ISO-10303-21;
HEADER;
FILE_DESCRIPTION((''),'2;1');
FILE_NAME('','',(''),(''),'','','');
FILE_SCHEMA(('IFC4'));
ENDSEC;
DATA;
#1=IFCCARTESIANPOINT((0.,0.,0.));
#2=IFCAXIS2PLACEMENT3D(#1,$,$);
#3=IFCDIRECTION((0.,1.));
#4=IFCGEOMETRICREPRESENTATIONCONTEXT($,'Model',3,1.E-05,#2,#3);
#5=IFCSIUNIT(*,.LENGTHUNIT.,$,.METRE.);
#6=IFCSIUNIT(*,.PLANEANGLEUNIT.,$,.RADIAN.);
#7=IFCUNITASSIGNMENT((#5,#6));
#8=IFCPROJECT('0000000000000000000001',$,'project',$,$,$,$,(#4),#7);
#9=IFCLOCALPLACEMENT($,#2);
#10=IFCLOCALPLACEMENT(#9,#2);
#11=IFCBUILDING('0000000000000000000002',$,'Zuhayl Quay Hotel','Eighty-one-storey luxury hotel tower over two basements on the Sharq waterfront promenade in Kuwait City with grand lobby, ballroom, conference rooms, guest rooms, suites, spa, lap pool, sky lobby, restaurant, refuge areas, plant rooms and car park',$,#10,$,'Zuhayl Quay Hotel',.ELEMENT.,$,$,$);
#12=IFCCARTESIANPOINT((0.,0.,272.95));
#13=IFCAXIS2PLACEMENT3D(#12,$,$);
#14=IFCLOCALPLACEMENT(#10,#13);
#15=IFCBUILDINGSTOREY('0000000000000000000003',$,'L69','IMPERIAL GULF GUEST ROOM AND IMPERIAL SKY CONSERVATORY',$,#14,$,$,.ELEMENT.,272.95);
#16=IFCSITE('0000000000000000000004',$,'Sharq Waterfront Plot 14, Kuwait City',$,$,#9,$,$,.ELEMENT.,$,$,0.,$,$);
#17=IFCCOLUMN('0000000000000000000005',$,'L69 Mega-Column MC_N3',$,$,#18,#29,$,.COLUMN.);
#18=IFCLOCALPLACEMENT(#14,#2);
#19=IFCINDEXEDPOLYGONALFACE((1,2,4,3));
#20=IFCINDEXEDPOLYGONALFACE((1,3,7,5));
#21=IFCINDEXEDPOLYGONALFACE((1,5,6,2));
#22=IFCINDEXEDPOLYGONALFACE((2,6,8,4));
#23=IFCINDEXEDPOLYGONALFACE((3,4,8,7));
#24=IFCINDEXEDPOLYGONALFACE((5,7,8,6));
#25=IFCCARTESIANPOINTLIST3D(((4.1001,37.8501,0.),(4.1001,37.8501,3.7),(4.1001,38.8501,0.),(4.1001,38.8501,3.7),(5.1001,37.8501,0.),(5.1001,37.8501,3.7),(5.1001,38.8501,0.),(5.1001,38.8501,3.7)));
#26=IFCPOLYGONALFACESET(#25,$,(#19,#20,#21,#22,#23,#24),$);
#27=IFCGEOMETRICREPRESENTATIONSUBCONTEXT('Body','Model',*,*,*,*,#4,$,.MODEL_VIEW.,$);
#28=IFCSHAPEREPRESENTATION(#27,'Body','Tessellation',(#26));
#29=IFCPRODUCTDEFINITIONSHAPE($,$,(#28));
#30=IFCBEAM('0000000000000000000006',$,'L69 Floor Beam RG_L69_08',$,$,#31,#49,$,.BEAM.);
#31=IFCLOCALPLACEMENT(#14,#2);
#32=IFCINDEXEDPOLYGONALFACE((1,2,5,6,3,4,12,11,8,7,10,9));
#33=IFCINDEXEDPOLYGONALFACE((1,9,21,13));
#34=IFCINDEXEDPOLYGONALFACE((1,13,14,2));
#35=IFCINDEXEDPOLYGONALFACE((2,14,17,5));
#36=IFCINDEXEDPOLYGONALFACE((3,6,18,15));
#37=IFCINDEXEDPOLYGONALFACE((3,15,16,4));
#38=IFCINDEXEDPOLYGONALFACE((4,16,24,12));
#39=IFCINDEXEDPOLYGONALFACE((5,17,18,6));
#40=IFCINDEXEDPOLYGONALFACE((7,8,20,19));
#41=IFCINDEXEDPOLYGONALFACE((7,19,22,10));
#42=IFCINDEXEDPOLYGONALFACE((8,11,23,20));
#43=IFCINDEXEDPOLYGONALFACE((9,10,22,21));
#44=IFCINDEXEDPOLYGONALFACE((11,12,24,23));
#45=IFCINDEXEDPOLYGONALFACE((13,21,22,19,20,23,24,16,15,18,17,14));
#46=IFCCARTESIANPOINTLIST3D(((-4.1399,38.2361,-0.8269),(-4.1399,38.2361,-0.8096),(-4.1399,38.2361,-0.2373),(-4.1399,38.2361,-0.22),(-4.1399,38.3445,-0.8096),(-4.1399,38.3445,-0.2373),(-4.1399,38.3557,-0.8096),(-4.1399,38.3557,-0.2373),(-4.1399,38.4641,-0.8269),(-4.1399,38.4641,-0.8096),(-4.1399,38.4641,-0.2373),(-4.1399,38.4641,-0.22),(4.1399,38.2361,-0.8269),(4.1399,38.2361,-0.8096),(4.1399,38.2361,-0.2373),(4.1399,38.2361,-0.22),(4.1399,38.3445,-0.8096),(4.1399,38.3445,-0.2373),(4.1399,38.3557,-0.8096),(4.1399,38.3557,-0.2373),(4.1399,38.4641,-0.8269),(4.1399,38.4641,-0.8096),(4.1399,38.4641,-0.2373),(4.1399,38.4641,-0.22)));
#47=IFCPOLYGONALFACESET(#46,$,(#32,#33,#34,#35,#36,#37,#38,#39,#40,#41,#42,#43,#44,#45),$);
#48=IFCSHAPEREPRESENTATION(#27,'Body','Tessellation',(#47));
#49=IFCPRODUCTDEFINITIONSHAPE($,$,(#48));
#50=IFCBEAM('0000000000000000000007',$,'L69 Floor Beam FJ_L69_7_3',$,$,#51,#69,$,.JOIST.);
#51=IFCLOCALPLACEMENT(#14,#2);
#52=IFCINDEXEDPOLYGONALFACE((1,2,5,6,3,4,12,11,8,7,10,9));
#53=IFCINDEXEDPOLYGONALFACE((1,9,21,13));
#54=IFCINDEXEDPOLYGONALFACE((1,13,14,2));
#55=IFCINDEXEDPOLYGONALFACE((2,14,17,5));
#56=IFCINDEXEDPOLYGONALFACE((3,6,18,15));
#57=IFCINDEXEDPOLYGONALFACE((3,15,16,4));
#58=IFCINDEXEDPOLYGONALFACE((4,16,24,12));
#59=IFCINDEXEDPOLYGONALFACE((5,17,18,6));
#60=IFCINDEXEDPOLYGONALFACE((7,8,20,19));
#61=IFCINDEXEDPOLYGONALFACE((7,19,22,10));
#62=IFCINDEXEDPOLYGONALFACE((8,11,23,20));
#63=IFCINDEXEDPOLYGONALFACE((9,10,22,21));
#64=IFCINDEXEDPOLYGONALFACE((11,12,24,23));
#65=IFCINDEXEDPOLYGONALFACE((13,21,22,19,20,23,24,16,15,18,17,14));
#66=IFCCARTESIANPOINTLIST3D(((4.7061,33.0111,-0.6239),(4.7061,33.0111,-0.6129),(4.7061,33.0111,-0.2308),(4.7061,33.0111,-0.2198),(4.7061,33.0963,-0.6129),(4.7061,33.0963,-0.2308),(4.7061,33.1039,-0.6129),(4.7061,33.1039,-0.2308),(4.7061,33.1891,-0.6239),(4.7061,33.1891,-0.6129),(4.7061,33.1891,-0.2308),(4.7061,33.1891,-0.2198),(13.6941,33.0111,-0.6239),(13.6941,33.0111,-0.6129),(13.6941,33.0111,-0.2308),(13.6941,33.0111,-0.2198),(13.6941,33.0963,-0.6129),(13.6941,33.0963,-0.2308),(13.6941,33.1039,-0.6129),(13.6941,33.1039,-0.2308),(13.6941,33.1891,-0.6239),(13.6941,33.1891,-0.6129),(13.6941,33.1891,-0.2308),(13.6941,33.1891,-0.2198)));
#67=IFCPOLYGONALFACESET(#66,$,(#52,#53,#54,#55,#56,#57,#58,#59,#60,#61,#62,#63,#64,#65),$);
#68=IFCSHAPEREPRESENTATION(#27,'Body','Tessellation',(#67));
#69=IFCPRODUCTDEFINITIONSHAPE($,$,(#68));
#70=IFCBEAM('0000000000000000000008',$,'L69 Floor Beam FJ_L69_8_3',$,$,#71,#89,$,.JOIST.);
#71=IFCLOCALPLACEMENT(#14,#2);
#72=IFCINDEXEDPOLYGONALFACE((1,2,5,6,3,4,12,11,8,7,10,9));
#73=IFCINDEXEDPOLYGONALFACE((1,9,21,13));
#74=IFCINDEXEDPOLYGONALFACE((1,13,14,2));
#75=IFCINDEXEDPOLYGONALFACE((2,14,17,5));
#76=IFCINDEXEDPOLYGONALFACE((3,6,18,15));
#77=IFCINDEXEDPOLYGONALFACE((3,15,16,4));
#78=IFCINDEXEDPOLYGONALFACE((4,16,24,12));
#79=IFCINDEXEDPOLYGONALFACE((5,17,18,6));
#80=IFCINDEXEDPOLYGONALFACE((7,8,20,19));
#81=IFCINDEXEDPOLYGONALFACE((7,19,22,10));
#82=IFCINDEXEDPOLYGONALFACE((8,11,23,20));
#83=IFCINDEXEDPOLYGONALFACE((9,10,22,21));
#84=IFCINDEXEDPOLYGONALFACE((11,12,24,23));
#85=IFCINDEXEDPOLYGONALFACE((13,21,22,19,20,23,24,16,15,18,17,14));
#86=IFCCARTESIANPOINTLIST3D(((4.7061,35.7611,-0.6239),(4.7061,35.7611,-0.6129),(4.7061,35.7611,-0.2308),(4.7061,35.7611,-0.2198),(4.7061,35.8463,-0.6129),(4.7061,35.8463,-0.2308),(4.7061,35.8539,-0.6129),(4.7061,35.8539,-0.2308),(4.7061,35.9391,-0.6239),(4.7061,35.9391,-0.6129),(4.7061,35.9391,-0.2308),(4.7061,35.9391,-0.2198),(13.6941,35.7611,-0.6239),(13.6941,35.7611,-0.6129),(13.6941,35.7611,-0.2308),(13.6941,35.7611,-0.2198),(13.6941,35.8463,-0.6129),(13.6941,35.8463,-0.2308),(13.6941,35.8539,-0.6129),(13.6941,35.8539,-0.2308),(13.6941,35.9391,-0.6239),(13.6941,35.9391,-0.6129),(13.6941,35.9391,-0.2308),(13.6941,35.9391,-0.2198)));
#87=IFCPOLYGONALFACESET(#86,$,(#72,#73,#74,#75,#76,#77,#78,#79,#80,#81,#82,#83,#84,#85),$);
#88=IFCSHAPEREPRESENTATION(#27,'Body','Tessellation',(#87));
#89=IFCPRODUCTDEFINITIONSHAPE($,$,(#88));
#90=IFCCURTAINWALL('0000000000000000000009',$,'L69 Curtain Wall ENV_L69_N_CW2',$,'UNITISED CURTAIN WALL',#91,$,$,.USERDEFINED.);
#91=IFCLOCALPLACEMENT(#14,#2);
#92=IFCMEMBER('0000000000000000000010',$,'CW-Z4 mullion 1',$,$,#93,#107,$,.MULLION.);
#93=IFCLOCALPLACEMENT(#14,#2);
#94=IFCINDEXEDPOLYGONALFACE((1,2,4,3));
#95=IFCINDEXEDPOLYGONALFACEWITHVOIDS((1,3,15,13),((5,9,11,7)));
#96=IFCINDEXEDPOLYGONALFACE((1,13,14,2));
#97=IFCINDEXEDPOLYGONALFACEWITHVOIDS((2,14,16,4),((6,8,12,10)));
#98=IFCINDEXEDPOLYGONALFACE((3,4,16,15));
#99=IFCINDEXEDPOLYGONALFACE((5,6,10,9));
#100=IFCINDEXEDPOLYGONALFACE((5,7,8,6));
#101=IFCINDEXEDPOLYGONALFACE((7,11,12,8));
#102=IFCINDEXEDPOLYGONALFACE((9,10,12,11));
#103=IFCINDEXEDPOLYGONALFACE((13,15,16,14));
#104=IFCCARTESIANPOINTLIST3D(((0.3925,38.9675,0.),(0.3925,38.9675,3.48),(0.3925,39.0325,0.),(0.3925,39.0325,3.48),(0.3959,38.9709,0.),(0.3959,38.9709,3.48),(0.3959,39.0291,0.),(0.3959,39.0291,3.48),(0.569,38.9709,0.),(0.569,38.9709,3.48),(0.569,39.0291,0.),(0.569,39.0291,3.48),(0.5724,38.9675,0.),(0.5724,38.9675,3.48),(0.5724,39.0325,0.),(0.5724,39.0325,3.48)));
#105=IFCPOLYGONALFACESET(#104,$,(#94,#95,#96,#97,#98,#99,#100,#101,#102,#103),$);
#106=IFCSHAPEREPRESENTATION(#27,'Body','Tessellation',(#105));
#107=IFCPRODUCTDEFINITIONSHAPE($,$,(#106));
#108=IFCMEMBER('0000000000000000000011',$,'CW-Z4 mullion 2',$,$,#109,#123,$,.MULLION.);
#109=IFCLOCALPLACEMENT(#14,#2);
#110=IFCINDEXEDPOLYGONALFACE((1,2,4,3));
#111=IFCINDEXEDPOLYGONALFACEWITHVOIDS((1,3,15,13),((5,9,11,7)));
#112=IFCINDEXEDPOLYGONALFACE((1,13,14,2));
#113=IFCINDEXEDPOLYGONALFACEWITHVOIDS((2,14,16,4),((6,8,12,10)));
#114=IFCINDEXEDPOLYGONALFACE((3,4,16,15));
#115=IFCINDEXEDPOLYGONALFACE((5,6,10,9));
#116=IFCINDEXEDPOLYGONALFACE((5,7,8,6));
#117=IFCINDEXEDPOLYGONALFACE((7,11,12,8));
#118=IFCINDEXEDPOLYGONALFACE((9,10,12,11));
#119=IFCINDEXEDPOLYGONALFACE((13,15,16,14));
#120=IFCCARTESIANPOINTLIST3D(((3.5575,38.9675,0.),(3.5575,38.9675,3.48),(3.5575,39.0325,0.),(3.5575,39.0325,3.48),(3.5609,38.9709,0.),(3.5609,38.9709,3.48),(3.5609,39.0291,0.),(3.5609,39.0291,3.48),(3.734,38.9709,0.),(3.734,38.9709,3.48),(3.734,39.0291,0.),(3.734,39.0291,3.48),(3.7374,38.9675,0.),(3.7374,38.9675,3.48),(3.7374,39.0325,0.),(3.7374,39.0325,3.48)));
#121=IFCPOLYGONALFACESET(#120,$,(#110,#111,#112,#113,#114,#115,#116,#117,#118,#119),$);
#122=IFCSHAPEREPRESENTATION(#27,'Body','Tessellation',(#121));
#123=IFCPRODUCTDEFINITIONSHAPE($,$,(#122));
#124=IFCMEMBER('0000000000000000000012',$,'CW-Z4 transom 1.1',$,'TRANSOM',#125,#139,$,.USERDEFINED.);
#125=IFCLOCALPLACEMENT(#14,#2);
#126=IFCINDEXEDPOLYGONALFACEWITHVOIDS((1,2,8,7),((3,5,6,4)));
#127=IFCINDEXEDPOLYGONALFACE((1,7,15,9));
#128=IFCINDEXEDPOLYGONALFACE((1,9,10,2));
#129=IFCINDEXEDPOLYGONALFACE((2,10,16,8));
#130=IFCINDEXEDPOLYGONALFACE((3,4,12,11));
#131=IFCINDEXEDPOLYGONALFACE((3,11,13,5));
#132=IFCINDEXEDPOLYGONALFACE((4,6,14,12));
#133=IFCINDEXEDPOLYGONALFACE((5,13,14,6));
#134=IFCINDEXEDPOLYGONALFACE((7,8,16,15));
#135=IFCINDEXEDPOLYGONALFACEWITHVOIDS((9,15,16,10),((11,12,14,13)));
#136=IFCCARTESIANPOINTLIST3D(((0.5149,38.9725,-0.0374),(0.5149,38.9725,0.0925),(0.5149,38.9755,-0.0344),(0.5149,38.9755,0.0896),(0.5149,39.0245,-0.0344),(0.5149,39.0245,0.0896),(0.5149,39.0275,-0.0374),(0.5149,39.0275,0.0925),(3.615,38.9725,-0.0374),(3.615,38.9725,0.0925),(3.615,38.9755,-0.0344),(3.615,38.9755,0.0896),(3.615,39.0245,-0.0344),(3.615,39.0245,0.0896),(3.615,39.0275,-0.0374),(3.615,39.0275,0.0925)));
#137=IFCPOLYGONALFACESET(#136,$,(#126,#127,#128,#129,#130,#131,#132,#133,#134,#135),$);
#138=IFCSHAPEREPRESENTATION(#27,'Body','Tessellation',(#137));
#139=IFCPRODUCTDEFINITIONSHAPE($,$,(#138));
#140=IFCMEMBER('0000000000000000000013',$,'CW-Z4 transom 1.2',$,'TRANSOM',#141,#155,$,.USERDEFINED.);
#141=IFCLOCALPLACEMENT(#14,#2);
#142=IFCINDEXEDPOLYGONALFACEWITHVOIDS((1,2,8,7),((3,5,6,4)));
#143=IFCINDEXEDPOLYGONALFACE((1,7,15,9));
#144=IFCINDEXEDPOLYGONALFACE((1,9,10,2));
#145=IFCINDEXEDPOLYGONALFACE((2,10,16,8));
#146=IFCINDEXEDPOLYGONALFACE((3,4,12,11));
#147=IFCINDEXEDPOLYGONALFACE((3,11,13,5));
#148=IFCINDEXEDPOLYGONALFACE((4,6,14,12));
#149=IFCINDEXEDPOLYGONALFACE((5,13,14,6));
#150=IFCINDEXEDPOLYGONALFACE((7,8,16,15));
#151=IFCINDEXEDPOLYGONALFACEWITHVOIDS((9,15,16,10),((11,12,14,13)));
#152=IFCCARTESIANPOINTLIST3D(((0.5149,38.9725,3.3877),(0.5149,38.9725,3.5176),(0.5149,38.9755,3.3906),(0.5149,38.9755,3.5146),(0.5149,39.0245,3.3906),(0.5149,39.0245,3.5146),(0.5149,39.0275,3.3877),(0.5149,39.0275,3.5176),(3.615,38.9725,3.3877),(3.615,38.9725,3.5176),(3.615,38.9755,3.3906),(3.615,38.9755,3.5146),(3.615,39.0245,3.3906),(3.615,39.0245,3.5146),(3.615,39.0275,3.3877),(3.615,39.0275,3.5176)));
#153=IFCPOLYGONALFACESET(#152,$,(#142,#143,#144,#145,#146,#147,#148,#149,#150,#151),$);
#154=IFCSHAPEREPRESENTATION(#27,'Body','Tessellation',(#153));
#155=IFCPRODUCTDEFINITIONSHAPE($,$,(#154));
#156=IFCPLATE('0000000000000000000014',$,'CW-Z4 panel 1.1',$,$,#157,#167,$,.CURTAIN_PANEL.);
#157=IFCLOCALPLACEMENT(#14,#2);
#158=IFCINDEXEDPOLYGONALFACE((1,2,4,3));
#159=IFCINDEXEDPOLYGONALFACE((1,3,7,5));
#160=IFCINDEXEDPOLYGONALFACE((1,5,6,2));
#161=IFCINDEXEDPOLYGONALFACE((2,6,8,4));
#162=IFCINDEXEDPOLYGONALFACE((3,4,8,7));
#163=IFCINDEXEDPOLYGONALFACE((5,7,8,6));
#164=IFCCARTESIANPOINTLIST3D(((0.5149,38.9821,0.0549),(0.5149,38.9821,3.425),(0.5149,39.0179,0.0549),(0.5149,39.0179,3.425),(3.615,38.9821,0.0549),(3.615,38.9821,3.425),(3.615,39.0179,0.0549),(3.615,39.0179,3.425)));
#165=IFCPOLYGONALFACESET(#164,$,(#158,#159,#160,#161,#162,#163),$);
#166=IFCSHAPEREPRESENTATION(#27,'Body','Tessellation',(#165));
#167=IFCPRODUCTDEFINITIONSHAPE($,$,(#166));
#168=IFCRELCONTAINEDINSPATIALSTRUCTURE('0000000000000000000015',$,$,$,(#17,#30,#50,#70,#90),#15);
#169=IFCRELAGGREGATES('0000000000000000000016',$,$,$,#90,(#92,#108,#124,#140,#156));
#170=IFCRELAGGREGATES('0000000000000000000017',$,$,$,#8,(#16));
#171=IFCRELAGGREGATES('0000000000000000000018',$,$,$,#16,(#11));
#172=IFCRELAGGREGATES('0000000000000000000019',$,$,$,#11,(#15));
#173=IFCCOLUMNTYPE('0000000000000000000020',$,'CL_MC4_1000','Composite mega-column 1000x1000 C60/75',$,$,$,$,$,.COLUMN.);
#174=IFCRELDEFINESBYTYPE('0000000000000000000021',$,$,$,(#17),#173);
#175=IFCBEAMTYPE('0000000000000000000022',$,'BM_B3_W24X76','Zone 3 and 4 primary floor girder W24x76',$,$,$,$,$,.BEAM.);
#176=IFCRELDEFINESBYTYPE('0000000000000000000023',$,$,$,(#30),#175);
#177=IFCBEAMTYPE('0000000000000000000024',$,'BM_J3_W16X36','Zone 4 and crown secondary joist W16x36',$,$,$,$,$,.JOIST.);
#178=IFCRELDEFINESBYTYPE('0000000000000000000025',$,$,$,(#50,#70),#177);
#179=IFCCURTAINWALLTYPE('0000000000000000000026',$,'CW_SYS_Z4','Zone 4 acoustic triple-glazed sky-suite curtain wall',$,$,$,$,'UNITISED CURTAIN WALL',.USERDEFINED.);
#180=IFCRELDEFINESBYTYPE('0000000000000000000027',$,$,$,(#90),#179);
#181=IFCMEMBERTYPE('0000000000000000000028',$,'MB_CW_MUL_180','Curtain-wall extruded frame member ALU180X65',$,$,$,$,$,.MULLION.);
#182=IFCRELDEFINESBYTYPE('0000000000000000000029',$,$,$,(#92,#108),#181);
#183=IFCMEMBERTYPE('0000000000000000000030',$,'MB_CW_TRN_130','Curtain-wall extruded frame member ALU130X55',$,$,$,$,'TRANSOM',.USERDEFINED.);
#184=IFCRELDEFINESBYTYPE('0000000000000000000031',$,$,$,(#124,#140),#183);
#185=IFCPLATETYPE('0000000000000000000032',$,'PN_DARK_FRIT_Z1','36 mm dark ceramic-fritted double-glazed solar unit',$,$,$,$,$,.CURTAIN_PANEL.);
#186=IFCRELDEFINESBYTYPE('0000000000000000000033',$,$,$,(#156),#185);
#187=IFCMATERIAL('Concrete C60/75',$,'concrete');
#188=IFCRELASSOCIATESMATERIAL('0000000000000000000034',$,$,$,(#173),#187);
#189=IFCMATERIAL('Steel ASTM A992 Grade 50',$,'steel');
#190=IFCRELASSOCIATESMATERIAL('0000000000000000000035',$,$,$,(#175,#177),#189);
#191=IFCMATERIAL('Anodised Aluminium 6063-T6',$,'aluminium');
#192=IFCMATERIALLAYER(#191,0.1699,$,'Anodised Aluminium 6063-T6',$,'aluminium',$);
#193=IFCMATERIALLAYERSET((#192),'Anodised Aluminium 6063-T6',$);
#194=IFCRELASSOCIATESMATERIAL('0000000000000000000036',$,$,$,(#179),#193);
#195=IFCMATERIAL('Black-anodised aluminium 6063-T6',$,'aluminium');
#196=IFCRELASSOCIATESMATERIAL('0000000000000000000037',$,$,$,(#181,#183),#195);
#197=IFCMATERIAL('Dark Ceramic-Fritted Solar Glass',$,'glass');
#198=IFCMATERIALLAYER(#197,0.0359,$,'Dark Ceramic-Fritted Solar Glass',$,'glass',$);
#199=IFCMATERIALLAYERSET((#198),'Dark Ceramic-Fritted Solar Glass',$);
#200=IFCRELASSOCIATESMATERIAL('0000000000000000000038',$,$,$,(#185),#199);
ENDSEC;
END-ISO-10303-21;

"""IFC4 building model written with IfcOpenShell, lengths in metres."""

from ifc_helpers import new_model, si_unit, direction, frame, origin, origin_2d, place, context, subcontext, project, spatial, rectangle, hollow_rectangle, i_section, extrude, material, layer, layer_set, material_profile, profile_set, type_object, element, aggregate, save


model = new_model("IFC4")

# Units and contexts
model_context = context("Model", 3, precision=1e-05, world=origin(), true_north=direction((0.0, 1.0)))
body_context = subcontext(model_context, "Body", "Model", "MODEL_VIEW")
ifc_project = project(units=[si_unit("LENGTHUNIT", "METRE"), si_unit("PLANEANGLEUNIT", "RADIAN")], contexts=[model_context])

# Site, building, storey
site_placement = place(None, origin())
site = spatial("IfcSite", under=ifc_project, at=site_placement, Name="Sharq Waterfront Plot 14, Kuwait City", CompositionType="ELEMENT", RefElevation=0.0)
building_placement = place(site_placement, origin())
building = spatial("IfcBuilding", under=site, at=building_placement, Name="Zuhayl Quay Hotel", Description="Eighty-one-storey luxury hotel tower over two basements on the Sharq waterfront promenade in Kuwait City with grand lobby, ballroom, conference rooms, guest rooms, suites, spa, lap pool, sky lobby, restaurant, refuge areas, plant rooms and car park", LongName="Zuhayl Quay Hotel", CompositionType="ELEMENT")
storey_placement = place(building_placement, frame((0.0, 0.0, 272.95)))
storey = spatial("IfcBuildingStorey", under=building, at=storey_placement, Name="L69", Description="IMPERIAL GULF GUEST ROOM AND IMPERIAL SKY CONSERVATORY", CompositionType="ELEMENT", Elevation=272.95)

# Column
ifc_material_1 = material(Name="Concrete C60/75", Category="concrete")
ifc_material_profile_1 = material_profile(ifc_material_1, rectangle(XDim=1.0, YDim=1.0, at=origin_2d()), Name="RC1000X1000")
ifc_profile_set_1 = profile_set([ifc_material_profile_1], Name="Concrete C60/75")
column_type = type_object("IfcColumnType", Name="CL_MC4_1000", Description="Composite mega-column 1000x1000 C60/75", PredefinedType="COLUMN", material=ifc_profile_set_1)
column_placement = place(storey_placement, frame((4.6001, 38.3501, 0.0), z_axis=(0.0, 0.0, 1.0), x_axis=(1.0, 0.0, 0.0)))
element("IfcColumn", 1, at=column_placement, inside=storey, type_object=column_type, Name="L69 Mega-Column MC_N3", PredefinedType="COLUMN", context=body_context, shape_type="SweptSolid", body=[
    extrude(rectangle(XDim=1.0, YDim=1.0, at=origin_2d()), origin(), (0.0, 0.0, 1.0), 3.7),
])

# Beams
ifc_material_2 = material(Name="Steel ASTM A992 Grade 50", Category="steel")
ifc_material_profile_2 = material_profile(ifc_material_2, i_section(OverallWidth=0.228, OverallDepth=0.6069, WebThickness=0.0112, FlangeThickness=0.0173, at=origin_2d()), Name="W24X76")
ifc_profile_set_2 = profile_set([ifc_material_profile_2], Name="Steel ASTM A992 Grade 50")
beam_type_1 = type_object("IfcBeamType", Name="BM_B3_W24X76", Description="Zone 3 and 4 primary floor girder W24x76", PredefinedType="BEAM", material=ifc_profile_set_2)
beam_placement = place(storey_placement, frame((4.1399, 38.3501, -0.5234), z_axis=(-1.0, 0.0, 0.0), x_axis=(0.0, -1.0, 0.0)))
element("IfcBeam", 2, at=beam_placement, inside=storey, type_object=beam_type_1, Name="L69 Floor Beam RG_L69_08", PredefinedType="BEAM", context=body_context, shape_type="SweptSolid", body=[
    extrude(i_section(OverallWidth=0.228, OverallDepth=0.6069, WebThickness=0.0112, FlangeThickness=0.0173, at=origin_2d()), origin(), (0.0, 0.0, 1.0), 8.2798),
])
ifc_material_profile_3 = material_profile(ifc_material_2, i_section(OverallWidth=0.178, OverallDepth=0.4041, WebThickness=0.0076, FlangeThickness=0.011, at=origin_2d()), Name="W16X36")
ifc_profile_set_3 = profile_set([ifc_material_profile_3], Name="Steel ASTM A992 Grade 50")
beam_type_2 = type_object("IfcBeamType", Name="BM_J3_W16X36", Description="Zone 4 and crown secondary joist W16x36", PredefinedType="JOIST", material=ifc_profile_set_3)
for number, where, z_axis, x_axis, name in (
    (3, (4.7061, 33.1001, -0.4219), (1.0, 0.0, 0.0), (0.0, 1.0, 0.0), "L69 Floor Beam FJ_L69_7_3"),
    (4, (4.7061, 35.8501, -0.4219), (1.0, 0.0, 0.0), (0.0, 1.0, 0.0), "L69 Floor Beam FJ_L69_8_3"),
):
    element("IfcBeam", number, at=place(storey_placement, frame(where, z_axis=z_axis, x_axis=x_axis)), inside=storey, type_object=beam_type_2, Name=name, PredefinedType="JOIST", context=body_context, shape_type="SweptSolid", body=[
        extrude(i_section(OverallWidth=0.178, OverallDepth=0.4041, WebThickness=0.0076, FlangeThickness=0.011, at=origin_2d()), origin(), (0.0, 0.0, 1.0), 8.988),
    ])

# Curtain wall, members, plate
ifc_material_3 = material(Name="Anodised Aluminium 6063-T6", Category="aluminium")
ifc_layer_1 = layer(ifc_material_3, 0.1699, Name="Anodised Aluminium 6063-T6", Category="aluminium")
ifc_layer_set_1 = layer_set([ifc_layer_1], Name="Anodised Aluminium 6063-T6")
curtain_wall_type = type_object("IfcCurtainWallType", Name="CW_SYS_Z4", Description="Zone 4 acoustic triple-glazed sky-suite curtain wall", ElementType="UNITISED CURTAIN WALL", PredefinedType="USERDEFINED", material=ifc_layer_set_1)
curtain_wall_placement = place(storey_placement, origin())
curtain_wall = element("IfcCurtainWall", 5, at=curtain_wall_placement, inside=storey, type_object=curtain_wall_type, Name="L69 Curtain Wall ENV_L69_N_CW2", ObjectType="UNITISED CURTAIN WALL", PredefinedType="USERDEFINED")
ifc_material_4 = material(Name="Black-anodised aluminium 6063-T6", Category="aluminium")
ifc_material_profile_4 = material_profile(ifc_material_4, hollow_rectangle(XDim=0.0649, YDim=0.1799, WallThickness=0.0034, at=origin_2d()), Name="ALU180X65")
ifc_profile_set_4 = profile_set([ifc_material_profile_4], Name="Black-anodised aluminium 6063-T6")
member_type_1 = type_object("IfcMemberType", Name="MB_CW_MUL_180", Description="Curtain-wall extruded frame member ALU180X65", PredefinedType="MULLION", material=ifc_profile_set_4)
member_1_placement = place(storey_placement, frame((0.4824, 39.0, 0.0), z_axis=(0.0, 0.0, 1.0), x_axis=(0.0, 1.0, 0.0)))
member_1 = element("IfcMember", 6, at=member_1_placement, type_object=member_type_1, Name="CW-Z4 mullion 1", PredefinedType="MULLION", context=body_context, shape_type="SweptSolid", body=[
    extrude(hollow_rectangle(XDim=0.0649, YDim=0.1799, WallThickness=0.0034, at=origin_2d()), origin(), (0.0, 0.0, 1.0), 3.48),
])
member_2_placement = place(storey_placement, frame((3.6475, 39.0, 0.0), z_axis=(0.0, 0.0, 1.0), x_axis=(0.0, 1.0, 0.0)))
member_2 = element("IfcMember", 7, at=member_2_placement, type_object=member_type_1, Name="CW-Z4 mullion 2", PredefinedType="MULLION", context=body_context, shape_type="SweptSolid", body=[
    extrude(hollow_rectangle(XDim=0.0649, YDim=0.1799, WallThickness=0.0034, at=origin_2d()), origin(), (0.0, 0.0, 1.0), 3.48),
])
ifc_material_profile_5 = material_profile(ifc_material_4, hollow_rectangle(XDim=0.0549, YDim=0.1299, WallThickness=0.0029, at=origin_2d()), Name="ALU130X55")
ifc_profile_set_5 = profile_set([ifc_material_profile_5], Name="Black-anodised aluminium 6063-T6")
member_type_2 = type_object("IfcMemberType", Name="MB_CW_TRN_130", Description="Curtain-wall extruded frame member ALU130X55", ElementType="TRANSOM", PredefinedType="USERDEFINED", material=ifc_profile_set_5)
member_3_placement = place(storey_placement, frame((0.5149, 39.0, 0.0276), z_axis=(1.0, 0.0, 0.0), x_axis=(0.0, 1.0, 0.0)))
member_3 = element("IfcMember", 8, at=member_3_placement, type_object=member_type_2, Name="CW-Z4 transom 1.1", ObjectType="TRANSOM", PredefinedType="USERDEFINED", context=body_context, shape_type="SweptSolid", body=[
    extrude(hollow_rectangle(XDim=0.0549, YDim=0.1299, WallThickness=0.0029, at=origin_2d()), origin(), (0.0, 0.0, 1.0), 3.1001),
])
member_4_placement = place(storey_placement, frame((0.5149, 39.0, 3.4526), z_axis=(1.0, 0.0, 0.0), x_axis=(0.0, 1.0, 0.0)))
member_4 = element("IfcMember", 9, at=member_4_placement, type_object=member_type_2, Name="CW-Z4 transom 1.2", ObjectType="TRANSOM", PredefinedType="USERDEFINED", context=body_context, shape_type="SweptSolid", body=[
    extrude(hollow_rectangle(XDim=0.0549, YDim=0.1299, WallThickness=0.0029, at=origin_2d()), origin(), (0.0, 0.0, 1.0), 3.1001),
])
ifc_material_5 = material(Name="Dark Ceramic-Fritted Solar Glass", Category="glass")
ifc_layer_2 = layer(ifc_material_5, 0.0359, Name="Dark Ceramic-Fritted Solar Glass", Category="glass")
ifc_layer_set_2 = layer_set([ifc_layer_2], Name="Dark Ceramic-Fritted Solar Glass")
plate_type = type_object("IfcPlateType", Name="PN_DARK_FRIT_Z1", Description="36 mm dark ceramic-fritted double-glazed solar unit", PredefinedType="CURTAIN_PANEL", material=ifc_layer_set_2)
plate_placement = place(storey_placement, frame((2.0649, 39.0, 0.0549), z_axis=(0.0, 0.0, 1.0), x_axis=(1.0, 0.0, 0.0)))
plate = element("IfcPlate", 10, at=plate_placement, type_object=plate_type, Name="CW-Z4 panel 1.1", PredefinedType="CURTAIN_PANEL", context=body_context, shape_type="SweptSolid", body=[
    extrude(rectangle(XDim=3.1001, YDim=0.0359, at=origin_2d()), origin(), (0.0, 0.0, 1.0), 3.3701),
])
aggregate(curtain_wall, [member_1, member_2, member_3, member_4, plate])

save(model, "model.ifc")
